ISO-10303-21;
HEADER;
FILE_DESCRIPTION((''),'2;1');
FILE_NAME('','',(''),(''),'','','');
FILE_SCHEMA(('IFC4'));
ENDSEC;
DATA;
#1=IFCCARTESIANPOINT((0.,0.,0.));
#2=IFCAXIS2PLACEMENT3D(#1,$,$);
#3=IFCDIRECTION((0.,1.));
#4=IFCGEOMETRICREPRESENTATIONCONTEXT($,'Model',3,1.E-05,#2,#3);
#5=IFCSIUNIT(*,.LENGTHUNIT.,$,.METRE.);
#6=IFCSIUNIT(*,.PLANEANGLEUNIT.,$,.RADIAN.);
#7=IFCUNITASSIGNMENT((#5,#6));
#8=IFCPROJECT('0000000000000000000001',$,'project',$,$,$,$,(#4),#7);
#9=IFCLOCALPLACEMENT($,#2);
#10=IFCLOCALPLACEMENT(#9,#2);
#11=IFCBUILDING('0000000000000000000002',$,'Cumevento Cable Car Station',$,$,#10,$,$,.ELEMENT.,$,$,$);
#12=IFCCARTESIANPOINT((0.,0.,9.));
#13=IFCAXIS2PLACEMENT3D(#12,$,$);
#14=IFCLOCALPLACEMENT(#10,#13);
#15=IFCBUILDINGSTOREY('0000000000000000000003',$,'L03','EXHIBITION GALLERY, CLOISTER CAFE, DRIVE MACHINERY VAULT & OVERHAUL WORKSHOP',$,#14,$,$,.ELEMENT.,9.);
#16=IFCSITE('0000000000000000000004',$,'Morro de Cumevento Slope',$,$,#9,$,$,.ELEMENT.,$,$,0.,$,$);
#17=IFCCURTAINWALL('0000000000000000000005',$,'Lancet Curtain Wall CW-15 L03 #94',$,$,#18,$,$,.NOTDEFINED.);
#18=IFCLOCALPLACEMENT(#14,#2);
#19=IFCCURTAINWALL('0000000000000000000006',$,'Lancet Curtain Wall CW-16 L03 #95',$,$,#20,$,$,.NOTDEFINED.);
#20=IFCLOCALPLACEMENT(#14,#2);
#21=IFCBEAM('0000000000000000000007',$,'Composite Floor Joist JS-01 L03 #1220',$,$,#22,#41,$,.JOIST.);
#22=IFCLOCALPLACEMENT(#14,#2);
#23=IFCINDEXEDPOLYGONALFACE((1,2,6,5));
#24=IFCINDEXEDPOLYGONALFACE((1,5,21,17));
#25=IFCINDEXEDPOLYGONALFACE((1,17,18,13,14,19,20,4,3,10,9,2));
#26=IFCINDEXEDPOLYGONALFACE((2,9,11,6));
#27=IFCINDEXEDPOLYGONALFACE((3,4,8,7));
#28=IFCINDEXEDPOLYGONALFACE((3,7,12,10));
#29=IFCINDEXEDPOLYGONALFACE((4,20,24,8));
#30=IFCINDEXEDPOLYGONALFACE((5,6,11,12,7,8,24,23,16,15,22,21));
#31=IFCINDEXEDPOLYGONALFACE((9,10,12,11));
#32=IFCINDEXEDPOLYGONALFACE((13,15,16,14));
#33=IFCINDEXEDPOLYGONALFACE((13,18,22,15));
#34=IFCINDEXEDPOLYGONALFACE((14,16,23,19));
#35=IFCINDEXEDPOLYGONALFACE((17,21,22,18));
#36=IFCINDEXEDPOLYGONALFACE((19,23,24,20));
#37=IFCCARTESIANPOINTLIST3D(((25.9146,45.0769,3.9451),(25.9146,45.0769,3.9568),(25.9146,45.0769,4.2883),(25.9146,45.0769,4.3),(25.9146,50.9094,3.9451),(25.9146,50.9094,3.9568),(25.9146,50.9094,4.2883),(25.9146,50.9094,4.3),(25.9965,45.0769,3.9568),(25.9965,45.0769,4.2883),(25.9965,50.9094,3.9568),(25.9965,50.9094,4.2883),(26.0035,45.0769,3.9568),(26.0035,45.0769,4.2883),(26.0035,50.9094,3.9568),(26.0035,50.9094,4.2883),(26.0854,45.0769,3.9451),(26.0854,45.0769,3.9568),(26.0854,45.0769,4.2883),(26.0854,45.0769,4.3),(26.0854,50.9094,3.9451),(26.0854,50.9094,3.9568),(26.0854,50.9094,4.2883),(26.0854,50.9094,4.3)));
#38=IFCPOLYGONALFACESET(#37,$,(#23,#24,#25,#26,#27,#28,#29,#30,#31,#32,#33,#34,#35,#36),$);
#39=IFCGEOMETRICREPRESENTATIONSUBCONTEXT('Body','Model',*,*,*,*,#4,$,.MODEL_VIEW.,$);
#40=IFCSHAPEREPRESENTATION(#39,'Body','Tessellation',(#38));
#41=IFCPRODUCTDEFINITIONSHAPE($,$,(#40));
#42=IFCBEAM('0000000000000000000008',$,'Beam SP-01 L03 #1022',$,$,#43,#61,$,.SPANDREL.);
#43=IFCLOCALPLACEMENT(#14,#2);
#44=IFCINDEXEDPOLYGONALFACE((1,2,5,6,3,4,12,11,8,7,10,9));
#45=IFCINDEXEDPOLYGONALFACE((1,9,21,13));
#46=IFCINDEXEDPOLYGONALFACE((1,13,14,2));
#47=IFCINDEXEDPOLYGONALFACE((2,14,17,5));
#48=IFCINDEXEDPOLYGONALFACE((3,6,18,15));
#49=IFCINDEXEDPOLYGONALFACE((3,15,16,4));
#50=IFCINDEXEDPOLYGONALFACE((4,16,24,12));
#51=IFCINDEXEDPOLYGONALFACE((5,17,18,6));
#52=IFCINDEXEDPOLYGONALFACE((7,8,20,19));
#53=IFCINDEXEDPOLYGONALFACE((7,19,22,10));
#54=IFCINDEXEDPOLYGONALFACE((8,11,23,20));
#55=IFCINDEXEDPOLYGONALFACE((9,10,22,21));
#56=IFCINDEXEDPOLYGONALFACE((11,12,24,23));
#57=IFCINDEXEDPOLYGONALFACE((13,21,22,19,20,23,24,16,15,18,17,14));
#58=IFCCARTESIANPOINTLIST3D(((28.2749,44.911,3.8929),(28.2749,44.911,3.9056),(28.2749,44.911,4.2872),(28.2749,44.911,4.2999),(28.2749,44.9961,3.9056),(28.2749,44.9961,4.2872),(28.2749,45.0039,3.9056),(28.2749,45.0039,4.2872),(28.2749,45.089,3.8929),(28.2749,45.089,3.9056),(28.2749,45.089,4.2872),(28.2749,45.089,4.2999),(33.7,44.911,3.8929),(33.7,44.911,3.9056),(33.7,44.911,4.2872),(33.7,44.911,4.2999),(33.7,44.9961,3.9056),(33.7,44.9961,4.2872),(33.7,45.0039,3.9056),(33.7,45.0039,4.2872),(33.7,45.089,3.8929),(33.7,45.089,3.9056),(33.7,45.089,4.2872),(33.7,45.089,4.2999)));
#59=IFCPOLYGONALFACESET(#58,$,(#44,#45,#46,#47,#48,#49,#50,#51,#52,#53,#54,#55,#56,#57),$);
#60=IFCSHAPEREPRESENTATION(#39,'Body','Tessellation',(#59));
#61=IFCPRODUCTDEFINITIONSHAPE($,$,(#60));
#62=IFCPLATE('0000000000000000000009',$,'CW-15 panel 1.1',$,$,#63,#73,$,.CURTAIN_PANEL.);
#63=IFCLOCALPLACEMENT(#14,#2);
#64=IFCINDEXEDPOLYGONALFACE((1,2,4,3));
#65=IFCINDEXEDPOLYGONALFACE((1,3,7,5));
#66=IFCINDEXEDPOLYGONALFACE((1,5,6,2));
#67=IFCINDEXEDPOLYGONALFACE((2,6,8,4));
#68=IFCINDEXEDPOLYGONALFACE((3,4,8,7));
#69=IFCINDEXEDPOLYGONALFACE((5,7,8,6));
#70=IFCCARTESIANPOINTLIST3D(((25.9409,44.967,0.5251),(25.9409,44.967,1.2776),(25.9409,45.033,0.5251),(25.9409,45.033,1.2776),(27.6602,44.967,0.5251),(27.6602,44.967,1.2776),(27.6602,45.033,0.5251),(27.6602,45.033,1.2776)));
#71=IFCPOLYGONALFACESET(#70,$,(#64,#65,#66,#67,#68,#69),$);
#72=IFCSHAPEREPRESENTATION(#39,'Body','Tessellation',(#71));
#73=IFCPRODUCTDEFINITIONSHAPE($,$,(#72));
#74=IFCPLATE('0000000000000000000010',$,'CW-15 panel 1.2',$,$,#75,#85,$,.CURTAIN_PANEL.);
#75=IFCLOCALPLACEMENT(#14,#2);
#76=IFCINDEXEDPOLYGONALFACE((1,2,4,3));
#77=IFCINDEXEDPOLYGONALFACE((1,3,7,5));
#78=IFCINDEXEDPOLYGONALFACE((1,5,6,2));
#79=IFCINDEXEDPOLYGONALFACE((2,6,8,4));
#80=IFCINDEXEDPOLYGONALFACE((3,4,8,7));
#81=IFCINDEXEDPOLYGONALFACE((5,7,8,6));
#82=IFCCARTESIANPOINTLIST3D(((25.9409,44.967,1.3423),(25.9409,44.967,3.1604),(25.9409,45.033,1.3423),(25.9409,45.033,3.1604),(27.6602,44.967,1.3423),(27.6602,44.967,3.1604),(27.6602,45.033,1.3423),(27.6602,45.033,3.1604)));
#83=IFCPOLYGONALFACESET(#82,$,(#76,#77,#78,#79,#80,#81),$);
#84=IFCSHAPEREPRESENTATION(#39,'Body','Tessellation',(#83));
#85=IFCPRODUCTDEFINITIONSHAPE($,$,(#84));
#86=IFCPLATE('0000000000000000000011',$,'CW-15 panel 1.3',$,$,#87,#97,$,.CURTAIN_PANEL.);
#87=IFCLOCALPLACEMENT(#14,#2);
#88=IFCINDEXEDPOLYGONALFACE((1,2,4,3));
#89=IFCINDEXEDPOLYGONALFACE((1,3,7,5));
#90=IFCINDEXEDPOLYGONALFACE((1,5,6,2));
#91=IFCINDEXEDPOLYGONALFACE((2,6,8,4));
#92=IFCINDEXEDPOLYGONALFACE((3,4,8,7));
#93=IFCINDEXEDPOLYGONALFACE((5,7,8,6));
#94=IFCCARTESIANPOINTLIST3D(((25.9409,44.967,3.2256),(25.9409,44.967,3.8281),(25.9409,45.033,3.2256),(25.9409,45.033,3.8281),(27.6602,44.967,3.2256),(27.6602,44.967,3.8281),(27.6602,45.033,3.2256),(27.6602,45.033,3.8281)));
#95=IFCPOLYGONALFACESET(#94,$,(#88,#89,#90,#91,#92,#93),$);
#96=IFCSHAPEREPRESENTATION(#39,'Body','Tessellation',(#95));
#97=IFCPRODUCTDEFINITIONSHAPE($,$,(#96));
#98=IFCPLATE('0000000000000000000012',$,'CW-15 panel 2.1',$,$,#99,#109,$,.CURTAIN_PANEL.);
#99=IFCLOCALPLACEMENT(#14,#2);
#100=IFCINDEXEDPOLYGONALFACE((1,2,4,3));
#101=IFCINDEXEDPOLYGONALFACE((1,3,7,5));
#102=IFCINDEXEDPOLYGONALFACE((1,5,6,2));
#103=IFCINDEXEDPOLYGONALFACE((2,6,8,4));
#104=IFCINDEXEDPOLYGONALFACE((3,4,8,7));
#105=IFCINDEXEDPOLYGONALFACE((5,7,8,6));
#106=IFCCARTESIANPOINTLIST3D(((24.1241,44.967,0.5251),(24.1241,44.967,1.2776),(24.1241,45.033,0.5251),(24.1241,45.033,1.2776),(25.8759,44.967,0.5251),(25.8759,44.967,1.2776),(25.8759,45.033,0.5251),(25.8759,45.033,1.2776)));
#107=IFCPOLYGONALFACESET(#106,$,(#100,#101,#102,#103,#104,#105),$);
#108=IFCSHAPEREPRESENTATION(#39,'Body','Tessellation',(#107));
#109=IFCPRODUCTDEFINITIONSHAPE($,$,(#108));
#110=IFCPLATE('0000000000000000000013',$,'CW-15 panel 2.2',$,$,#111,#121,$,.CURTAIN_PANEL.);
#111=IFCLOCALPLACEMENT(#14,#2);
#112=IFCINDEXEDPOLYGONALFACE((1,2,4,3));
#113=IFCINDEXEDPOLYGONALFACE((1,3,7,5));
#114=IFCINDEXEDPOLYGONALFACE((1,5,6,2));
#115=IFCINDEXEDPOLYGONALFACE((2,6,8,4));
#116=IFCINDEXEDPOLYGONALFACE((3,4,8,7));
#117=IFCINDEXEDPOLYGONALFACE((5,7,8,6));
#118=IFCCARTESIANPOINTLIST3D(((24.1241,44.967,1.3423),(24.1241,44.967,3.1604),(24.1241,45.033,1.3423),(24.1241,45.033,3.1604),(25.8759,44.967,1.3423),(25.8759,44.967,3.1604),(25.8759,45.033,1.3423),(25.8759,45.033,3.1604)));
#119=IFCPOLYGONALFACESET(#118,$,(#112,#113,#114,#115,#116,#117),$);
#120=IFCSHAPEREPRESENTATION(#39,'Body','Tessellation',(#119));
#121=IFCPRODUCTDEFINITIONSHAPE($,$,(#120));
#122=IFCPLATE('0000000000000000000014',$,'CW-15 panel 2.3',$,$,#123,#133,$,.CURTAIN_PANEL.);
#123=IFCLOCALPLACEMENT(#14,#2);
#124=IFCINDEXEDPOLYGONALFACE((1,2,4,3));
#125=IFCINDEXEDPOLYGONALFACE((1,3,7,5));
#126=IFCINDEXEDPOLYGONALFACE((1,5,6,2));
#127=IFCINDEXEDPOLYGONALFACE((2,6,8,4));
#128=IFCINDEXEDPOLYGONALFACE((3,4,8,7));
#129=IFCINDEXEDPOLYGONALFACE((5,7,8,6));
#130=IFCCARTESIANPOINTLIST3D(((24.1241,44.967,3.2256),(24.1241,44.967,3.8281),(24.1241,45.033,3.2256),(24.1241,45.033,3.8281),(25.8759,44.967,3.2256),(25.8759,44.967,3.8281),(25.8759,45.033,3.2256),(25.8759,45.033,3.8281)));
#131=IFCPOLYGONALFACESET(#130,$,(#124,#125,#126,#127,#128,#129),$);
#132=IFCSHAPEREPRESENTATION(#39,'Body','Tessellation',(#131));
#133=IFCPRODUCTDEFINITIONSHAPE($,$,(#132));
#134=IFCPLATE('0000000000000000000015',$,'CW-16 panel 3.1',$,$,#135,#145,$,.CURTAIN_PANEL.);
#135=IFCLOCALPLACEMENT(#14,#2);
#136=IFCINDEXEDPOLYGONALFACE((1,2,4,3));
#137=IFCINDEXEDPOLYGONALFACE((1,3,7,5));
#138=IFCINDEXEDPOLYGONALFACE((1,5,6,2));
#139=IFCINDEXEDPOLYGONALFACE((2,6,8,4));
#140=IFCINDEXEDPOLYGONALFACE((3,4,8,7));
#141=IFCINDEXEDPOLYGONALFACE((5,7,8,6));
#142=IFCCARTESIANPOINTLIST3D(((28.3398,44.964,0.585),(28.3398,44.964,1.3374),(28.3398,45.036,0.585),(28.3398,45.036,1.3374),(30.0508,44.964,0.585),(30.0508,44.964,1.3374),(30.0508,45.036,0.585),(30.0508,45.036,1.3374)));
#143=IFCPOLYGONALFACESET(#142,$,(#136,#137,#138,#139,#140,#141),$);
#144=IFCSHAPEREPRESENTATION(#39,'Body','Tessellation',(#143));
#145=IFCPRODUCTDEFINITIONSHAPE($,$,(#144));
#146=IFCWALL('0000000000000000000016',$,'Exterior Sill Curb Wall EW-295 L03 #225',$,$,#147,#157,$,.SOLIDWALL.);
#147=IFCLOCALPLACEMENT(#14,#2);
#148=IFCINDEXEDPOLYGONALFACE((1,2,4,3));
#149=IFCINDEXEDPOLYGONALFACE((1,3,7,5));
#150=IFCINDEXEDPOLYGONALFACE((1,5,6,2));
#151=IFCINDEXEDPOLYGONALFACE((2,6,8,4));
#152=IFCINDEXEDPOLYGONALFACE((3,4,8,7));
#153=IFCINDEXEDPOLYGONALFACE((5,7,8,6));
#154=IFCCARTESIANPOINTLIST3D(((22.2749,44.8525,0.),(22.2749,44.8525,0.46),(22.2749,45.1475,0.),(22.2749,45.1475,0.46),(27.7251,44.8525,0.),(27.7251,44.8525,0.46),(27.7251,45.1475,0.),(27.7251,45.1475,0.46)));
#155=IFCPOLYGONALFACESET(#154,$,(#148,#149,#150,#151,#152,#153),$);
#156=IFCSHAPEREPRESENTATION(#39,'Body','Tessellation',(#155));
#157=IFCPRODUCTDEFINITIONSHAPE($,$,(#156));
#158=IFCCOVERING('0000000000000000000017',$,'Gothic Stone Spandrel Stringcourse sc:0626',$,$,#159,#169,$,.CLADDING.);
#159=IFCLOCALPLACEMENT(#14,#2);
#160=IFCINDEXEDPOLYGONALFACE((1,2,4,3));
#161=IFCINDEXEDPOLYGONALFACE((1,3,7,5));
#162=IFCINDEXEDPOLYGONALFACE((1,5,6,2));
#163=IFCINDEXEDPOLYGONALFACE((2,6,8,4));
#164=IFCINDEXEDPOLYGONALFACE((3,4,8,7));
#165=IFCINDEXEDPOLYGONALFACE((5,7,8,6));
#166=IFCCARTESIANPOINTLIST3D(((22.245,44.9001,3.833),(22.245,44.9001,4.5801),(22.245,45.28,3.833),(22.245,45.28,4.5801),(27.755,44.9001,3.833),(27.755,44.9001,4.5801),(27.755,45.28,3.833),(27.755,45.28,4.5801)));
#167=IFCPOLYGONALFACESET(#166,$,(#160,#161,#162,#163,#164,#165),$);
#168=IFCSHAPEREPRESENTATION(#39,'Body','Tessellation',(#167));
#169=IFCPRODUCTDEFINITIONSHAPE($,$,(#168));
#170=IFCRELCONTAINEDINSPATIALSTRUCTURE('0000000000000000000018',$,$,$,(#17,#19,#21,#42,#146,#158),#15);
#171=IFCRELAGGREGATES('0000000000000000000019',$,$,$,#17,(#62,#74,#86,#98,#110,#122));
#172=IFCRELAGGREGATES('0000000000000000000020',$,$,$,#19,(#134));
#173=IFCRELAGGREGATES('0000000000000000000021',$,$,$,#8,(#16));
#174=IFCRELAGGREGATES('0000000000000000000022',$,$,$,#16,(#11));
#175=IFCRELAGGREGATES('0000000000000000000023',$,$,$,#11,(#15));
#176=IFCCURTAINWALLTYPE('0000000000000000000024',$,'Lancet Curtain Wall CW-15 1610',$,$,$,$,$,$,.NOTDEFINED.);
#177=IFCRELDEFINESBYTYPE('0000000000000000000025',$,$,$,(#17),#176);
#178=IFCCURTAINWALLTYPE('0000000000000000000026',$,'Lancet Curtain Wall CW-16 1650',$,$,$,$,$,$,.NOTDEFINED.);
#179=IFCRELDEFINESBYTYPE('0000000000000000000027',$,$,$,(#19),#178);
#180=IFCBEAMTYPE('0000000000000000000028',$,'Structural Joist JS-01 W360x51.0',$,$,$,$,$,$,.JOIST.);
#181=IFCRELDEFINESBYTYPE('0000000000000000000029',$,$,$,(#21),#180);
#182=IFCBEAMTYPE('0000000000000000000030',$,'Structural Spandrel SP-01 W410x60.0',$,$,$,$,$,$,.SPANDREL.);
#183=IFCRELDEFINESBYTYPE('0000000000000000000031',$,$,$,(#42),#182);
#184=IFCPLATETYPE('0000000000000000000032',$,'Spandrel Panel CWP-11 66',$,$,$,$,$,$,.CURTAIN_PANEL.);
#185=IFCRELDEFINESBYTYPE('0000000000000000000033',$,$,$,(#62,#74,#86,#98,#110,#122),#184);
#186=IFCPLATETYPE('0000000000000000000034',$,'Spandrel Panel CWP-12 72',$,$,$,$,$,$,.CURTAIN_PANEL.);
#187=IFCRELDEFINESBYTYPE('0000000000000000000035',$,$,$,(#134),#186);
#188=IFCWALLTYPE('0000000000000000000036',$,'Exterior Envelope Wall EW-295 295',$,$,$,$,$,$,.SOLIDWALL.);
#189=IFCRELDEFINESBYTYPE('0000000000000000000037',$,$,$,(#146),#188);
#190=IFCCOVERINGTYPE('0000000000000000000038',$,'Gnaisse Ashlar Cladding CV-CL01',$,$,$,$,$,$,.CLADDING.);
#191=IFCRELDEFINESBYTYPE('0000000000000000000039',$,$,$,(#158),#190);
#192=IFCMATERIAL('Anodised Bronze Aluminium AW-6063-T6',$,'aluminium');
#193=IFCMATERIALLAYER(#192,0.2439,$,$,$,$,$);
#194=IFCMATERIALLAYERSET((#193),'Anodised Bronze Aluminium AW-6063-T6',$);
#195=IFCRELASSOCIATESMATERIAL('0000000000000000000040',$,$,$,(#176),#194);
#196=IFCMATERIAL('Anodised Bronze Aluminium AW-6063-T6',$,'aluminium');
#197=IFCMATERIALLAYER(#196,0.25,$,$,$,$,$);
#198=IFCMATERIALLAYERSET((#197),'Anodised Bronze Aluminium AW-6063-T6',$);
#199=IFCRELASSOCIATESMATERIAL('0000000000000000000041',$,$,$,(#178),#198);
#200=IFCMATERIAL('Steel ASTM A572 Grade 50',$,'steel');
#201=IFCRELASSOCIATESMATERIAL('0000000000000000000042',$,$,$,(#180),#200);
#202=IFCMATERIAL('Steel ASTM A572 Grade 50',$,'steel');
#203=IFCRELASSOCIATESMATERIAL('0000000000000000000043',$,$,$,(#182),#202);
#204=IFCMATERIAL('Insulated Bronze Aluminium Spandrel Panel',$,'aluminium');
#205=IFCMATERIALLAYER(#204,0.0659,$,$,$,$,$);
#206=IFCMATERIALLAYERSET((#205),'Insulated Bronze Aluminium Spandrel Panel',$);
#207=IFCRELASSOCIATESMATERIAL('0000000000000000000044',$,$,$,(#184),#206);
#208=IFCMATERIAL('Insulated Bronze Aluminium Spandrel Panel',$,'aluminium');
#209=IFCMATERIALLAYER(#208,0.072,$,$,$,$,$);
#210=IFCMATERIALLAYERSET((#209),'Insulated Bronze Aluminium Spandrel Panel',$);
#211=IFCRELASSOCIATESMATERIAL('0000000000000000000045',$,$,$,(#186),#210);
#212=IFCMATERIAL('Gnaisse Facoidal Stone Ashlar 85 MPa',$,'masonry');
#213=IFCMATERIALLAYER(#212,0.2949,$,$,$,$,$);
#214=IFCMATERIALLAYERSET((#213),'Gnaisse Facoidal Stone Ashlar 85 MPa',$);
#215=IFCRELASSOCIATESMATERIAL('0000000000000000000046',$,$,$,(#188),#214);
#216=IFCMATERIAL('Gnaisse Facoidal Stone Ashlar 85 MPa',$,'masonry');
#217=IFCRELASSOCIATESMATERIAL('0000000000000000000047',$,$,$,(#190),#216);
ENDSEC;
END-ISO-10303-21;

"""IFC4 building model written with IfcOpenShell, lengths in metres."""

from ifc_helpers import new_model, si_unit, direction, frame, frame_2d, origin, origin_2d, place, context, subcontext, project, spatial, rectangle, i_section, extrude, material, layer, layer_set, material_profile, profile_set, type_object, element, aggregate, save


model = new_model("IFC4")

# Units and contexts
model_context = context("Model", 3, precision=1e-05, world=origin(), true_north=direction((0.0, 1.0)))
body_context = subcontext(model_context, "Body", "Model", "MODEL_VIEW")
ifc_project = project(units=[si_unit("LENGTHUNIT", "METRE"), si_unit("PLANEANGLEUNIT", "RADIAN")], contexts=[model_context])

# Site, building, storey
site_placement = place(None, origin())
site = spatial("IfcSite", under=ifc_project, at=site_placement, Name="Morro de Cumevento Slope", CompositionType="ELEMENT", RefElevation=0.0)
building_placement = place(site_placement, origin())
building = spatial("IfcBuilding", under=site, at=building_placement, Name="Cumevento Cable Car Station", CompositionType="ELEMENT")
storey_placement = place(building_placement, frame((0.0, 0.0, 9.0)))
storey = spatial("IfcBuildingStorey", under=building, at=storey_placement, Name="L03", Description="EXHIBITION GALLERY, CLOISTER CAFE, DRIVE MACHINERY VAULT & OVERHAUL WORKSHOP", CompositionType="ELEMENT", Elevation=9.0)

# Curtain wall
ifc_material_1 = material(Name="Anodised Bronze Aluminium AW-6063-T6", Category="aluminium")
ifc_layer_1 = layer(ifc_material_1, 0.2439)
ifc_layer_set_1 = layer_set([ifc_layer_1], Name="Anodised Bronze Aluminium AW-6063-T6")
curtain_wall_type_1 = type_object("IfcCurtainWallType", Name="Lancet Curtain Wall CW-15 1610", PredefinedType="NOTDEFINED", material=ifc_layer_set_1)
curtain_wall_1_placement = place(storey_placement, origin())
curtain_wall_1 = element("IfcCurtainWall", 1, at=curtain_wall_1_placement, inside=storey, type_object=curtain_wall_type_1, Name="Lancet Curtain Wall CW-15 L03 #94", PredefinedType="NOTDEFINED")

# Curtain wall
ifc_material_2 = material(Name="Anodised Bronze Aluminium AW-6063-T6", Category="aluminium")
ifc_layer_2 = layer(ifc_material_2, 0.25)
ifc_layer_set_2 = layer_set([ifc_layer_2], Name="Anodised Bronze Aluminium AW-6063-T6")
curtain_wall_type_2 = type_object("IfcCurtainWallType", Name="Lancet Curtain Wall CW-16 1650", PredefinedType="NOTDEFINED", material=ifc_layer_set_2)
curtain_wall_2_placement = place(storey_placement, origin())
curtain_wall_2 = element("IfcCurtainWall", 2, at=curtain_wall_2_placement, inside=storey, type_object=curtain_wall_type_2, Name="Lancet Curtain Wall CW-16 L03 #95", PredefinedType="NOTDEFINED")

# Beams
ifc_material_3 = material(Name="Steel ASTM A572 Grade 50", Category="steel")
ifc_material_profile_1 = material_profile(ifc_material_3, i_section(OverallWidth=0.1709, OverallDepth=0.355, WebThickness=0.0071, FlangeThickness=0.0117, at=origin_2d()), Name="W360x51.0")
ifc_profile_set_1 = profile_set([ifc_material_profile_1], Name="Steel ASTM A572 Grade 50")
beam_type_1 = type_object("IfcBeamType", Name="Structural Joist JS-01 W360x51.0", PredefinedType="JOIST", material=ifc_profile_set_1)
beam_1_placement = place(storey_placement, frame((26.0, 45.0769, 4.1226), z_axis=(0.0, 1.0, 0.0), x_axis=(-1.0, 0.0, 0.0)))
element("IfcBeam", 3, at=beam_1_placement, inside=storey, type_object=beam_type_1, Name="Composite Floor Joist JS-01 L03 #1220", PredefinedType="JOIST", context=body_context, shape_type="SweptSolid", body=[
    extrude(i_section(OverallWidth=0.1709, OverallDepth=0.355, WebThickness=0.0071, FlangeThickness=0.0117, at=origin_2d()), origin(), (0.0, 0.0, 1.0), 5.8325),
])
ifc_material_4 = material(Name="Steel ASTM A572 Grade 50", Category="steel")
ifc_material_profile_2 = material_profile(ifc_material_4, i_section(OverallWidth=0.178, OverallDepth=0.407, WebThickness=0.0078, FlangeThickness=0.0127, at=origin_2d()), Name="W410x60.0")
ifc_profile_set_2 = profile_set([ifc_material_profile_2], Name="Steel ASTM A572 Grade 50")
beam_type_2 = type_object("IfcBeamType", Name="Structural Spandrel SP-01 W410x60.0", PredefinedType="SPANDREL", material=ifc_profile_set_2)
beam_2_placement = place(storey_placement, frame((28.2749, 45.0, 4.0964), z_axis=(1.0, 0.0, 0.0), x_axis=(0.0, 1.0, 0.0)))
element("IfcBeam", 4, at=beam_2_placement, inside=storey, type_object=beam_type_2, Name="Beam SP-01 L03 #1022", PredefinedType="SPANDREL", context=body_context, shape_type="SweptSolid", body=[
    extrude(i_section(OverallWidth=0.178, OverallDepth=0.407, WebThickness=0.0078, FlangeThickness=0.0127, at=origin_2d()), origin(), (0.0, 0.0, 1.0), 5.425),
])

# Plates
ifc_material_5 = material(Name="Insulated Bronze Aluminium Spandrel Panel", Category="aluminium")
ifc_layer_3 = layer(ifc_material_5, 0.0659)
ifc_layer_set_3 = layer_set([ifc_layer_3], Name="Insulated Bronze Aluminium Spandrel Panel")
plate_type_1 = type_object("IfcPlateType", Name="Spandrel Panel CWP-11 66", PredefinedType="CURTAIN_PANEL", material=ifc_layer_set_3)
plate_1_placement = place(storey_placement, frame((26.8005, 45.0, 0.5251), z_axis=(0.0, 0.0, 1.0), x_axis=(-1.0, 0.0, 0.0)))
plate_1 = element("IfcPlate", 5, at=plate_1_placement, type_object=plate_type_1, Name="CW-15 panel 1.1", PredefinedType="CURTAIN_PANEL", context=body_context, shape_type="SweptSolid", body=[
    extrude(rectangle(XDim=1.7192, YDim=0.0659, at=origin_2d()), origin(), (0.0, 0.0, 1.0), 0.7524),
])
plate_2_placement = place(storey_placement, frame((26.8005, 45.0, 1.3423), z_axis=(0.0, 0.0, 1.0), x_axis=(-1.0, 0.0, 0.0)))
plate_2 = element("IfcPlate", 6, at=plate_2_placement, type_object=plate_type_1, Name="CW-15 panel 1.2", PredefinedType="CURTAIN_PANEL", context=body_context, shape_type="SweptSolid", body=[
    extrude(rectangle(XDim=1.7192, YDim=0.0659, at=origin_2d()), origin(), (0.0, 0.0, 1.0), 1.8181),
])
plate_3_placement = place(storey_placement, frame((26.8005, 45.0, 3.2256), z_axis=(0.0, 0.0, 1.0), x_axis=(-1.0, 0.0, 0.0)))
plate_3 = element("IfcPlate", 7, at=plate_3_placement, type_object=plate_type_1, Name="CW-15 panel 1.3", PredefinedType="CURTAIN_PANEL", context=body_context, shape_type="SweptSolid", body=[
    extrude(rectangle(XDim=1.7192, YDim=0.0659, at=origin_2d()), origin(), (0.0, 0.0, 1.0), 0.6025),
])
plate_4_placement = place(storey_placement, frame((25.0, 45.0, 0.5251), z_axis=(0.0, 0.0, 1.0), x_axis=(-1.0, 0.0, 0.0)))
plate_4 = element("IfcPlate", 8, at=plate_4_placement, type_object=plate_type_1, Name="CW-15 panel 2.1", PredefinedType="CURTAIN_PANEL", context=body_context, shape_type="SweptSolid", body=[
    extrude(rectangle(XDim=1.7517, YDim=0.0659, at=origin_2d()), origin(), (0.0, 0.0, 1.0), 0.7524),
])
plate_5_placement = place(storey_placement, frame((25.0, 45.0, 1.3423), z_axis=(0.0, 0.0, 1.0), x_axis=(-1.0, 0.0, 0.0)))
plate_5 = element("IfcPlate", 9, at=plate_5_placement, type_object=plate_type_1, Name="CW-15 panel 2.2", PredefinedType="CURTAIN_PANEL", context=body_context, shape_type="SweptSolid", body=[
    extrude(rectangle(XDim=1.7517, YDim=0.0659, at=origin_2d()), origin(), (0.0, 0.0, 1.0), 1.8181),
])
plate_6_placement = place(storey_placement, frame((25.0, 45.0, 3.2256), z_axis=(0.0, 0.0, 1.0), x_axis=(-1.0, 0.0, 0.0)))
plate_6 = element("IfcPlate", 10, at=plate_6_placement, type_object=plate_type_1, Name="CW-15 panel 2.3", PredefinedType="CURTAIN_PANEL", context=body_context, shape_type="SweptSolid", body=[
    extrude(rectangle(XDim=1.7517, YDim=0.0659, at=origin_2d()), origin(), (0.0, 0.0, 1.0), 0.6025),
])
aggregate(curtain_wall_1, [plate_1, plate_2, plate_3, plate_4, plate_5, plate_6])
ifc_material_6 = material(Name="Insulated Bronze Aluminium Spandrel Panel", Category="aluminium")
ifc_layer_4 = layer(ifc_material_6, 0.072)
ifc_layer_set_4 = layer_set([ifc_layer_4], Name="Insulated Bronze Aluminium Spandrel Panel")
plate_type_2 = type_object("IfcPlateType", Name="Spandrel Panel CWP-12 72", PredefinedType="CURTAIN_PANEL", material=ifc_layer_set_4)
plate_7_placement = place(storey_placement, frame((29.1953, 45.0, 0.585), z_axis=(0.0, 0.0, 1.0), x_axis=(-1.0, 0.0, 0.0)))
plate_7 = element("IfcPlate", 11, at=plate_7_placement, type_object=plate_type_2, Name="CW-16 panel 3.1", PredefinedType="CURTAIN_PANEL", context=body_context, shape_type="SweptSolid", body=[
    extrude(rectangle(XDim=1.7109, YDim=0.072, at=origin_2d()), origin(), (0.0, 0.0, 1.0), 0.7524),
])
aggregate(curtain_wall_2, [plate_7])

# Wall
ifc_material_7 = material(Name="Gnaisse Facoidal Stone Ashlar 85 MPa", Category="masonry")
ifc_layer_5 = layer(ifc_material_7, 0.2949)
ifc_layer_set_5 = layer_set([ifc_layer_5], Name="Gnaisse Facoidal Stone Ashlar 85 MPa")
wall_type = type_object("IfcWallType", Name="Exterior Envelope Wall EW-295 295", PredefinedType="SOLIDWALL", material=ifc_layer_set_5)
wall_placement = place(storey_placement, frame((27.7251, 45.0, 0.0), z_axis=(0.0, 0.0, 1.0), x_axis=(-1.0, 0.0, 0.0)))
element("IfcWall", 12, at=wall_placement, inside=storey, type_object=wall_type, Name="Exterior Sill Curb Wall EW-295 L03 #225", PredefinedType="SOLIDWALL", context=body_context, shape_type="SweptSolid", body=[
    extrude(rectangle(XDim=5.4502, YDim=0.2949, at=frame_2d((2.7251, 0.0))), origin(), (0.0, 0.0, 1.0), 0.46),
])

# Covering
ifc_material_8 = material(Name="Gnaisse Facoidal Stone Ashlar 85 MPa", Category="masonry")
covering_type = type_object("IfcCoveringType", Name="Gnaisse Ashlar Cladding CV-CL01", PredefinedType="CLADDING", material=ifc_material_8)
covering_1_placement = place(storey_placement, frame((25.0, 45.0901, 3.833), z_axis=(0.0, 0.0, 1.0), x_axis=(-1.0, 0.0, 0.0)))
element("IfcCovering", 13, at=covering_1_placement, inside=storey, type_object=covering_type, Name="Gothic Stone Spandrel Stringcourse sc:0626", PredefinedType="CLADDING", context=body_context, shape_type="SweptSolid", body=[
    extrude(rectangle(XDim=5.51, YDim=0.3799, at=origin_2d()), origin(), (0.0, 0.0, 1.0), 0.7471),
])

save(model, "model.ifc")
